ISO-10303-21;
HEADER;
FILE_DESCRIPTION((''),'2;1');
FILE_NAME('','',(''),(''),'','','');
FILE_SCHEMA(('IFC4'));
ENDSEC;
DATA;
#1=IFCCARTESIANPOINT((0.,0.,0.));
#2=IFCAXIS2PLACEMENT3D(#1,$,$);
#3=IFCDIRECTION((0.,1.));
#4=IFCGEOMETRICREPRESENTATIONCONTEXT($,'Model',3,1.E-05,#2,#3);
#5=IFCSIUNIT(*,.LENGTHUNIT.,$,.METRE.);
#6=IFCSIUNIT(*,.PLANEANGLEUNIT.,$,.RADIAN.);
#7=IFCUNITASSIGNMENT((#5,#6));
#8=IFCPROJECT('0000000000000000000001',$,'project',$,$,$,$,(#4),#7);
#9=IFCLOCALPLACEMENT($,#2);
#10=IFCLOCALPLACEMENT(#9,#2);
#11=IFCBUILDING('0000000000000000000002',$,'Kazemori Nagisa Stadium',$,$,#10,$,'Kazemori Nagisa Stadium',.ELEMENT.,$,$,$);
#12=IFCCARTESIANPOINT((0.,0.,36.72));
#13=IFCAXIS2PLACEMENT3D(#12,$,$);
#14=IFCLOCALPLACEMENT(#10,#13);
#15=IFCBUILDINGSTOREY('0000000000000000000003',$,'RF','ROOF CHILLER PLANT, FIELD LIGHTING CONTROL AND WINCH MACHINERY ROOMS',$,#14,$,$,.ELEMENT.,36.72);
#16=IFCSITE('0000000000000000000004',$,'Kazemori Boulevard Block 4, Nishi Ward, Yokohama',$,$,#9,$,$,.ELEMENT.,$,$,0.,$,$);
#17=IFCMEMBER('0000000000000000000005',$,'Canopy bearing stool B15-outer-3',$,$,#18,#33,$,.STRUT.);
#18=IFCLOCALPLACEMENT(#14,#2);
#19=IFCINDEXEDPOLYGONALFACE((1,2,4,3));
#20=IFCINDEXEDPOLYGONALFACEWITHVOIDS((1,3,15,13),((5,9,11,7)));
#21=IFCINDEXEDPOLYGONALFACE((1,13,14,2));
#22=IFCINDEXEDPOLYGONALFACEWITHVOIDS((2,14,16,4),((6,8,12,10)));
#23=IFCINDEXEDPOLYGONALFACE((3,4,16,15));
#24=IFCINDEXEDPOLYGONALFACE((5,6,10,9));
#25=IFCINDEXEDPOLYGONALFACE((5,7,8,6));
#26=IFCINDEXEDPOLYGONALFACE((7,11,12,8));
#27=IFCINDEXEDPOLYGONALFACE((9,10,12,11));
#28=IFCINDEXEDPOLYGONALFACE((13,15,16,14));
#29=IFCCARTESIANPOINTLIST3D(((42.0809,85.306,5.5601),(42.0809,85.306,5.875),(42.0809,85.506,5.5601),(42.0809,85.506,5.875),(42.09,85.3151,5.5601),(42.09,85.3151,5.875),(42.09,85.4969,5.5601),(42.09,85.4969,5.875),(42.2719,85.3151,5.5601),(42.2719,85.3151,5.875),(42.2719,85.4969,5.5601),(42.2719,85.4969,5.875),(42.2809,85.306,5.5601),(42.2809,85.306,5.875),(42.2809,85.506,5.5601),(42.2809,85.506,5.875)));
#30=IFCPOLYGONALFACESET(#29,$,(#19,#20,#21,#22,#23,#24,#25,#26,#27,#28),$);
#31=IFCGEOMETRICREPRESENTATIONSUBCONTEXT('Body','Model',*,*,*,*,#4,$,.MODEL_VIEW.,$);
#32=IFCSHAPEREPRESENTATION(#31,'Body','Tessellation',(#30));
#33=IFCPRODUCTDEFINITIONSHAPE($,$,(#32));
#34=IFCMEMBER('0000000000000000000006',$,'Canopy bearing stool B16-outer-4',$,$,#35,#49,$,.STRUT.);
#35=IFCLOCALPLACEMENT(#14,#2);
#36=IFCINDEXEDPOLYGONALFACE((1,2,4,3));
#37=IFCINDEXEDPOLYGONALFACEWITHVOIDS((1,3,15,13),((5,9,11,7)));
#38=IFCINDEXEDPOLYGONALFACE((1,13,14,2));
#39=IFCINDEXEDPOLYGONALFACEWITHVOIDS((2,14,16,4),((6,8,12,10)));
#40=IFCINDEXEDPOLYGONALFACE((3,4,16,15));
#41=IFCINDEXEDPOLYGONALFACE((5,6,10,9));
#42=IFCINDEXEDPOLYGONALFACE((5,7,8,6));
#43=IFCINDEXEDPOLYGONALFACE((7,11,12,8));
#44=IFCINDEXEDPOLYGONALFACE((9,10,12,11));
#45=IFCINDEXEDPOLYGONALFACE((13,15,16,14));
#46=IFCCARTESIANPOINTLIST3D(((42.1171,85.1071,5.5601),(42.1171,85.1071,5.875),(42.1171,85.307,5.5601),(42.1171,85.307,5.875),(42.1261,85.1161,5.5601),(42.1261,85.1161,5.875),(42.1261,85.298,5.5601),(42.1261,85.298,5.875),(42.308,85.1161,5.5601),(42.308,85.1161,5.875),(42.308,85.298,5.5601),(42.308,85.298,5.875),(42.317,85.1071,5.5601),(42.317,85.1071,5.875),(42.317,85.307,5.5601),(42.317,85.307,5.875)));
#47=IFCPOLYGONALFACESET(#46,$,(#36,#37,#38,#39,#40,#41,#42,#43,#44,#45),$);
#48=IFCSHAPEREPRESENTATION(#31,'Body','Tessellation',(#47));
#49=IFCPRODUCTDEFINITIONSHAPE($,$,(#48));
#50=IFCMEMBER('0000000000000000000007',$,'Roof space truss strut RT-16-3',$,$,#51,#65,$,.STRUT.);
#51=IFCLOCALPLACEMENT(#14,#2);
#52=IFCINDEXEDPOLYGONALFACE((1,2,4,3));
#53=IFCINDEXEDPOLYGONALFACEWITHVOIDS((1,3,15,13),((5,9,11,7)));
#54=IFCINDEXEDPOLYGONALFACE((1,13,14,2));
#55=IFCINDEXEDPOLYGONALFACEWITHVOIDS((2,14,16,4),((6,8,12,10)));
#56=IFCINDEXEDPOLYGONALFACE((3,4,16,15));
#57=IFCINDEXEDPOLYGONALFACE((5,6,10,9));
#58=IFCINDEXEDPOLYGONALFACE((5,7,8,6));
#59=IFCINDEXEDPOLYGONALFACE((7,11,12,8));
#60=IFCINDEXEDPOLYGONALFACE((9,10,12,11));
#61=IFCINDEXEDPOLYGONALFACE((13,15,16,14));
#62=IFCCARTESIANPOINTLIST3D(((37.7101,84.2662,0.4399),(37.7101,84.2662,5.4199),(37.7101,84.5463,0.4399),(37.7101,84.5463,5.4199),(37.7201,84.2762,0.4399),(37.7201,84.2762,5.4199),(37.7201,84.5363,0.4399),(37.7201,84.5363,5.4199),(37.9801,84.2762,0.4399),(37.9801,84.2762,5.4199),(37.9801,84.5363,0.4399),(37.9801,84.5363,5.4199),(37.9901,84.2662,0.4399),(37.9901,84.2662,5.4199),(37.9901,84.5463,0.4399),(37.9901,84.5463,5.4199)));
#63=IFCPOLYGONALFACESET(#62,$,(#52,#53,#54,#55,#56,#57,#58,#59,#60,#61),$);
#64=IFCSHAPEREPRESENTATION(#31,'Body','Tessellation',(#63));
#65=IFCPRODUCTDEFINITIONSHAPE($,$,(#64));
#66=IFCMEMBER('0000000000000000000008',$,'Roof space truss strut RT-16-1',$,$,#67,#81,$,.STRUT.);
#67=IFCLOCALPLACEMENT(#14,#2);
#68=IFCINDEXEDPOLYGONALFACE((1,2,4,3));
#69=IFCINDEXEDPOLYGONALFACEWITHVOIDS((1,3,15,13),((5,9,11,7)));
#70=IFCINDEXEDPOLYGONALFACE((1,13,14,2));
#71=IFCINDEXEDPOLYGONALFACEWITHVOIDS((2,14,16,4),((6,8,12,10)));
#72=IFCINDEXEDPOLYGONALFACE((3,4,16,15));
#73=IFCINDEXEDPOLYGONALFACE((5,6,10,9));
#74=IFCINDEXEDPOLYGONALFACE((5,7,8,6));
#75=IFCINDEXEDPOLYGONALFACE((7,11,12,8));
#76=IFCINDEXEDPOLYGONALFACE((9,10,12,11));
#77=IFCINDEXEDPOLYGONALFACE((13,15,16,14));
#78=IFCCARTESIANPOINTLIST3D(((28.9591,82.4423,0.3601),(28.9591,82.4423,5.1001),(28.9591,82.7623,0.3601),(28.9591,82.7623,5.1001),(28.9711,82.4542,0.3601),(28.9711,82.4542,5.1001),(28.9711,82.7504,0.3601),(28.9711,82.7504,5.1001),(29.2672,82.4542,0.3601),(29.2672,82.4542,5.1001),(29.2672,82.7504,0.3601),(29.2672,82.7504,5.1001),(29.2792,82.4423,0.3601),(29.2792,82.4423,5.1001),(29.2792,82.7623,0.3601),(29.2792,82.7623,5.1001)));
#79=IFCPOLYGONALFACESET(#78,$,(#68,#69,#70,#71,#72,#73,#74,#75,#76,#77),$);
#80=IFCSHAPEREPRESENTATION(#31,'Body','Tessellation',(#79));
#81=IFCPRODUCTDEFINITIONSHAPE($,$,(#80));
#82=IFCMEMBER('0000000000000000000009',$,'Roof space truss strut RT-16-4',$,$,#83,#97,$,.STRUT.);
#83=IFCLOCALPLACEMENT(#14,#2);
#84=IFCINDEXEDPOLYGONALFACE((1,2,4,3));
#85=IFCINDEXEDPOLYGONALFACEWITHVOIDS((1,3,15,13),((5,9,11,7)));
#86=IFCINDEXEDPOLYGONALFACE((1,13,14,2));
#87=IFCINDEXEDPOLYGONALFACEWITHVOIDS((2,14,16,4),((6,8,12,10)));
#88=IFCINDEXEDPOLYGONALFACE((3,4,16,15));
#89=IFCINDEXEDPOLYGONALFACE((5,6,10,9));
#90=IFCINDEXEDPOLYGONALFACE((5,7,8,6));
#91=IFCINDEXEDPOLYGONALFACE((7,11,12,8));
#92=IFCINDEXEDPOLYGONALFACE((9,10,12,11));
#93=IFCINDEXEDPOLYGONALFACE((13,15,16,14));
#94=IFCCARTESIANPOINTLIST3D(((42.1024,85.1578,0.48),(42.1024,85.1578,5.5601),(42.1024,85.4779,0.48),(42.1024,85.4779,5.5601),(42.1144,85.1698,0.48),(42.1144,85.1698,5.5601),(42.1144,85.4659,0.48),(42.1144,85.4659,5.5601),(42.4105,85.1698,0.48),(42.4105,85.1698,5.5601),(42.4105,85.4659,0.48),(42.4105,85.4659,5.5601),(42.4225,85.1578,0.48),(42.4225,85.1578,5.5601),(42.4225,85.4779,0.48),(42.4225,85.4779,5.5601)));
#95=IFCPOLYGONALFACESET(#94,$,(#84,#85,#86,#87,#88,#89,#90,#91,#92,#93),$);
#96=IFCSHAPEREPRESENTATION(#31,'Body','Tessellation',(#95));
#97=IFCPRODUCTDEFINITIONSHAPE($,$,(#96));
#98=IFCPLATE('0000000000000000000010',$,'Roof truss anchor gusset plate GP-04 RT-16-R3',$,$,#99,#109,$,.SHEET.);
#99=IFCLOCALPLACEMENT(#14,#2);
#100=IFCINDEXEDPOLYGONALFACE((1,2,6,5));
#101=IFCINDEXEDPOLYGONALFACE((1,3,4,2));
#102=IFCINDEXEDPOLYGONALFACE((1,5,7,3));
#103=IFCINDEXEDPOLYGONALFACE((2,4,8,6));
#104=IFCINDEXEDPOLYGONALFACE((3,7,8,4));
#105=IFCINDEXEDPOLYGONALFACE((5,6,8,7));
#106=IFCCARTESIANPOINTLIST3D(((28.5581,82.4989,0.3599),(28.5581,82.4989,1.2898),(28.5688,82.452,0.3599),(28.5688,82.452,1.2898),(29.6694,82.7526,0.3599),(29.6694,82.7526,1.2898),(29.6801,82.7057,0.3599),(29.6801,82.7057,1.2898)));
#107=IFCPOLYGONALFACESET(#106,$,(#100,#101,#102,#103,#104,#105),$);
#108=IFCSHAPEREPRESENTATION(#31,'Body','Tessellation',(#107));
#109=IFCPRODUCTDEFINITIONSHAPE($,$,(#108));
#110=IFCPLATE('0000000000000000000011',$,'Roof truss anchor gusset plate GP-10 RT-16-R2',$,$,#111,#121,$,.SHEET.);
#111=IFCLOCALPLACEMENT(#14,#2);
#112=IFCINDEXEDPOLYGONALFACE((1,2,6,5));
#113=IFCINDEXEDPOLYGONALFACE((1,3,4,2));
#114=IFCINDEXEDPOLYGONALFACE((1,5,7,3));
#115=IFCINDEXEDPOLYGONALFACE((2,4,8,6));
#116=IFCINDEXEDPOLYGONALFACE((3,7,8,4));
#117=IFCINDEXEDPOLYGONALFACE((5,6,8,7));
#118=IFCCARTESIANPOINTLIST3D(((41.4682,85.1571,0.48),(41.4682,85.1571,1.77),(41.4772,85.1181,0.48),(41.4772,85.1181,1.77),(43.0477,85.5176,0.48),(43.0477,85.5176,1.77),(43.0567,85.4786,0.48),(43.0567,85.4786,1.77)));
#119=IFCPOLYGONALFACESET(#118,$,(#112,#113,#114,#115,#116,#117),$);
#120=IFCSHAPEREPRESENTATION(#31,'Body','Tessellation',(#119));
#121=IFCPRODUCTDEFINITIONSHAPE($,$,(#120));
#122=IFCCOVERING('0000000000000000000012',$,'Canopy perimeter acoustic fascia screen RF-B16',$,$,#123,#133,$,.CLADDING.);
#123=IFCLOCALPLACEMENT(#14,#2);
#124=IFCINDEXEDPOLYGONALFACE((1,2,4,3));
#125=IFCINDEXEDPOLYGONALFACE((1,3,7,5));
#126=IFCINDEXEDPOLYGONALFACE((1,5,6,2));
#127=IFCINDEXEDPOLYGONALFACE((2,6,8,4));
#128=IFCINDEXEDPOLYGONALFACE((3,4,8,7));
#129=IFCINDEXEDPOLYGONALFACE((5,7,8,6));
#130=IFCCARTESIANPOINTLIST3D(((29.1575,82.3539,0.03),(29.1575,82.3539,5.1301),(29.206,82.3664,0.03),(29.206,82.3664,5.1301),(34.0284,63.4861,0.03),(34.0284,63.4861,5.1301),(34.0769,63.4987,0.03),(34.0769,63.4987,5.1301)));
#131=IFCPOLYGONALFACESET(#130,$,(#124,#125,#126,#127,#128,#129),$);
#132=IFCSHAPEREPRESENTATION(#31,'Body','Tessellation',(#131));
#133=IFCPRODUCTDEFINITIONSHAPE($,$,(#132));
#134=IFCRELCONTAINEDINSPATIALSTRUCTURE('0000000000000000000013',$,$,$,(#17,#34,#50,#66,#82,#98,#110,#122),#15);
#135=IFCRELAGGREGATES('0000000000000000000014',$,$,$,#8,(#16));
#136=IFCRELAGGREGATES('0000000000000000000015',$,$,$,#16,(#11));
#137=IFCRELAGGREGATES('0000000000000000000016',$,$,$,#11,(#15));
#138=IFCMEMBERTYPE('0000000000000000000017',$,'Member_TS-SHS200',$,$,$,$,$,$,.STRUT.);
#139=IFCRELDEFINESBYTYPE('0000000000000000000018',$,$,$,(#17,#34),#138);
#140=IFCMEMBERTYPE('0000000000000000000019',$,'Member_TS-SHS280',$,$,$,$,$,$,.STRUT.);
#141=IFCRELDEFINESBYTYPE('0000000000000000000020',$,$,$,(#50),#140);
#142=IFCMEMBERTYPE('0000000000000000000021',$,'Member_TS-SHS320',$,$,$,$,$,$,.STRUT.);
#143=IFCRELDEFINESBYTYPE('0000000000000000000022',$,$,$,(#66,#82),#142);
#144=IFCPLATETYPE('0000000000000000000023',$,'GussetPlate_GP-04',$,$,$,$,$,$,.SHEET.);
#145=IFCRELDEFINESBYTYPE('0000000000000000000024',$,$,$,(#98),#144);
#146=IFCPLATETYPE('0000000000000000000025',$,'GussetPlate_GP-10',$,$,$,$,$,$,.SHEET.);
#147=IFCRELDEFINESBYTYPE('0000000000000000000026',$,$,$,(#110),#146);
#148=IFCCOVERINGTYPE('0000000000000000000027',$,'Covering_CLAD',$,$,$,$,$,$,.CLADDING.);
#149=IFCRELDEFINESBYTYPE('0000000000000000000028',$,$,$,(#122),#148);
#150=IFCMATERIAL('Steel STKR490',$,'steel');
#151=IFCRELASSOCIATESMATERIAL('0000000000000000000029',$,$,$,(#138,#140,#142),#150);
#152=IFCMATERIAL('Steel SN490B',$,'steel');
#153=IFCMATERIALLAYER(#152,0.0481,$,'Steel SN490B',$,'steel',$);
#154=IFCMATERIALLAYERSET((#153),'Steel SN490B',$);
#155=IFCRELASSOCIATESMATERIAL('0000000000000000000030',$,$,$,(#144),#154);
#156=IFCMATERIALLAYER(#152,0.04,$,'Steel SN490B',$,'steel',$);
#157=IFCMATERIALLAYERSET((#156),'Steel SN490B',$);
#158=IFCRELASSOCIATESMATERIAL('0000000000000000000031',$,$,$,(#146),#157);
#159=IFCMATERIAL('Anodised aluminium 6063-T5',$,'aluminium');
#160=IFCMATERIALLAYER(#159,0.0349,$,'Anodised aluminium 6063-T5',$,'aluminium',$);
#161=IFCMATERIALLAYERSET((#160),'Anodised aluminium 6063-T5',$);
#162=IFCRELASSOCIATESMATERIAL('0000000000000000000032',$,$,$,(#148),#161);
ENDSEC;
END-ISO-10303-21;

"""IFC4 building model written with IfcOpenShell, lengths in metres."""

from ifc_helpers import new_model, si_unit, direction, frame, origin, origin_2d, place, context, subcontext, project, spatial, rectangle, hollow_rectangle, extrude, material, layer, layer_set, material_profile, profile_set, type_object, element, save


model = new_model("IFC4")

# Units and contexts
model_context = context("Model", 3, precision=1e-05, world=origin(), true_north=direction((0.0, 1.0)))
body_context = subcontext(model_context, "Body", "Model", "MODEL_VIEW")
ifc_project = project(units=[si_unit("LENGTHUNIT", "METRE"), si_unit("PLANEANGLEUNIT", "RADIAN")], contexts=[model_context])

# Site, building, storey
site_placement = place(None, origin())
site = spatial("IfcSite", under=ifc_project, at=site_placement, Name="Kazemori Boulevard Block 4, Nishi Ward, Yokohama", CompositionType="ELEMENT", RefElevation=0.0)
building_placement = place(site_placement, origin())
building = spatial("IfcBuilding", under=site, at=building_placement, Name="Kazemori Nagisa Stadium", LongName="Kazemori Nagisa Stadium", CompositionType="ELEMENT")
storey_placement = place(building_placement, frame((0.0, 0.0, 36.72)))
storey = spatial("IfcBuildingStorey", under=building, at=storey_placement, Name="RF", Description="ROOF CHILLER PLANT, FIELD LIGHTING CONTROL AND WINCH MACHINERY ROOMS", CompositionType="ELEMENT", Elevation=36.72)

# Shared definitions
ifc_material_1 = material(Name="Steel SN490B", Category="steel")

# Members
ifc_material_2 = material(Name="Steel STKR490", Category="steel")
ifc_material_profile_1 = material_profile(ifc_material_2, hollow_rectangle(XDim=0.2, YDim=0.2, WallThickness=0.009, at=origin_2d()), Name="SHS-200x200x9")
ifc_profile_set_1 = profile_set([ifc_material_profile_1], Name="Steel STKR490")
member_type_1 = type_object("IfcMemberType", Name="Member_TS-SHS200", PredefinedType="STRUT", material=ifc_profile_set_1)
for number, where, z_axis, x_axis, name in (
    (1, (42.1809, 85.406, 5.5601), (0.0, 0.0, 1.0), (1.0, 0.0, 0.0), "Canopy bearing stool B15-outer-3"),
    (2, (42.217, 85.207, 5.5601), (0.0, 0.0, 1.0), (1.0, 0.0, 0.0), "Canopy bearing stool B16-outer-4"),
):
    element("IfcMember", number, at=place(storey_placement, frame(where, z_axis=z_axis, x_axis=x_axis)), inside=storey, type_object=member_type_1, Name=name, PredefinedType="STRUT", context=body_context, shape_type="SweptSolid", body=[
        extrude(hollow_rectangle(XDim=0.2, YDim=0.2, WallThickness=0.009, at=origin_2d()), origin(), (0.0, 0.0, 1.0), 0.3149),
    ])
ifc_material_profile_2 = material_profile(ifc_material_2, hollow_rectangle(XDim=0.28, YDim=0.28, WallThickness=0.01, at=origin_2d()), Name="SHS-280x280x10")
ifc_profile_set_2 = profile_set([ifc_material_profile_2], Name="Steel STKR490")
member_type_2 = type_object("IfcMemberType", Name="Member_TS-SHS280", PredefinedType="STRUT", material=ifc_profile_set_2)
member_1_placement = place(storey_placement, frame((37.8501, 84.4062, 0.4399), z_axis=(0.0, 0.0, 1.0), x_axis=(1.0, 0.0, 0.0)))
element("IfcMember", 3, at=member_1_placement, inside=storey, type_object=member_type_2, Name="Roof space truss strut RT-16-3", PredefinedType="STRUT", context=body_context, shape_type="SweptSolid", body=[
    extrude(hollow_rectangle(XDim=0.28, YDim=0.28, WallThickness=0.01, at=origin_2d()), origin(), (0.0, 0.0, 1.0), 4.98),
])
ifc_material_profile_3 = material_profile(ifc_material_2, hollow_rectangle(XDim=0.3201, YDim=0.3201, WallThickness=0.012, at=origin_2d()), Name="SHS-320x320x12")
ifc_profile_set_3 = profile_set([ifc_material_profile_3], Name="Steel STKR490")
member_type_3 = type_object("IfcMemberType", Name="Member_TS-SHS320", PredefinedType="STRUT", material=ifc_profile_set_3)
member_2_placement = place(storey_placement, frame((29.1191, 82.6023, 0.3601), z_axis=(0.0, 0.0, 1.0), x_axis=(1.0, 0.0, 0.0)))
element("IfcMember", 4, at=member_2_placement, inside=storey, type_object=member_type_3, Name="Roof space truss strut RT-16-1", PredefinedType="STRUT", context=body_context, shape_type="SweptSolid", body=[
    extrude(hollow_rectangle(XDim=0.3201, YDim=0.3201, WallThickness=0.012, at=origin_2d()), origin(), (0.0, 0.0, 1.0), 4.74),
])
member_3_placement = place(storey_placement, frame((42.2625, 85.3179, 0.48), z_axis=(0.0, 0.0, 1.0), x_axis=(1.0, 0.0, 0.0)))
element("IfcMember", 5, at=member_3_placement, inside=storey, type_object=member_type_3, Name="Roof space truss strut RT-16-4", PredefinedType="STRUT", context=body_context, shape_type="SweptSolid", body=[
    extrude(hollow_rectangle(XDim=0.3201, YDim=0.3201, WallThickness=0.012, at=origin_2d()), origin(), (0.0, 0.0, 1.0), 5.0801),
])

# Plates
ifc_layer_1 = layer(ifc_material_1, 0.0481, Name="Steel SN490B", Category="steel")
ifc_layer_set_1 = layer_set([ifc_layer_1], Name="Steel SN490B")
plate_type_1 = type_object("IfcPlateType", Name="GussetPlate_GP-04", PredefinedType="SHEET", material=ifc_layer_set_1)
plate_1_placement = place(storey_placement, frame((29.1191, 82.6023, 0.3599), z_axis=(0.0, 0.0, 1.0), x_axis=(-0.974928, -0.222521, 0.0)))
element("IfcPlate", 6, at=plate_1_placement, inside=storey, type_object=plate_type_1, Name="Roof truss anchor gusset plate GP-04 RT-16-R3", PredefinedType="SHEET", context=body_context, shape_type="SweptSolid", body=[
    extrude(rectangle(XDim=1.1399, YDim=0.0481, at=origin_2d()), origin(), (0.0, 0.0, 1.0), 0.9299),
])
ifc_layer_2 = layer(ifc_material_1, 0.04, Name="Steel SN490B", Category="steel")
ifc_layer_set_2 = layer_set([ifc_layer_2], Name="Steel SN490B")
plate_type_2 = type_object("IfcPlateType", Name="GussetPlate_GP-10", PredefinedType="SHEET", material=ifc_layer_set_2)
plate_2_placement = place(storey_placement, frame((42.2625, 85.3179, 0.48), z_axis=(0.0, 0.0, 1.0), x_axis=(-0.974928, -0.222521, 0.0)))
element("IfcPlate", 7, at=plate_2_placement, inside=storey, type_object=plate_type_2, Name="Roof truss anchor gusset plate GP-10 RT-16-R2", PredefinedType="SHEET", context=body_context, shape_type="SweptSolid", body=[
    extrude(rectangle(XDim=1.6201, YDim=0.04, at=origin_2d()), origin(), (0.0, 0.0, 1.0), 1.29),
])

# Covering
ifc_material_3 = material(Name="Anodised aluminium 6063-T5", Category="aluminium")
ifc_layer_3 = layer(ifc_material_3, 0.0349, Name="Anodised aluminium 6063-T5", Category="aluminium")
ifc_layer_set_3 = layer_set([ifc_layer_3], Name="Anodised aluminium 6063-T5")
covering_type = type_object("IfcCoveringType", Name="Covering_CLAD", PredefinedType="CLADDING", material=ifc_layer_set_3)
covering_placement = place(storey_placement, frame((31.6172, 72.9263, 0.03), z_axis=(0.0, 0.0, 1.0), x_axis=(0.249965, -0.968255, 0.0)))
element("IfcCovering", 8, at=covering_placement, inside=storey, type_object=covering_type, Name="Canopy perimeter acoustic fascia screen RF-B16", PredefinedType="CLADDING", context=body_context, shape_type="SweptSolid", body=[
    extrude(rectangle(XDim=19.4863, YDim=0.05, at=origin_2d()), origin(), (0.0, 0.0, 1.0), 5.1001),
])

save(model, "model.ifc")
